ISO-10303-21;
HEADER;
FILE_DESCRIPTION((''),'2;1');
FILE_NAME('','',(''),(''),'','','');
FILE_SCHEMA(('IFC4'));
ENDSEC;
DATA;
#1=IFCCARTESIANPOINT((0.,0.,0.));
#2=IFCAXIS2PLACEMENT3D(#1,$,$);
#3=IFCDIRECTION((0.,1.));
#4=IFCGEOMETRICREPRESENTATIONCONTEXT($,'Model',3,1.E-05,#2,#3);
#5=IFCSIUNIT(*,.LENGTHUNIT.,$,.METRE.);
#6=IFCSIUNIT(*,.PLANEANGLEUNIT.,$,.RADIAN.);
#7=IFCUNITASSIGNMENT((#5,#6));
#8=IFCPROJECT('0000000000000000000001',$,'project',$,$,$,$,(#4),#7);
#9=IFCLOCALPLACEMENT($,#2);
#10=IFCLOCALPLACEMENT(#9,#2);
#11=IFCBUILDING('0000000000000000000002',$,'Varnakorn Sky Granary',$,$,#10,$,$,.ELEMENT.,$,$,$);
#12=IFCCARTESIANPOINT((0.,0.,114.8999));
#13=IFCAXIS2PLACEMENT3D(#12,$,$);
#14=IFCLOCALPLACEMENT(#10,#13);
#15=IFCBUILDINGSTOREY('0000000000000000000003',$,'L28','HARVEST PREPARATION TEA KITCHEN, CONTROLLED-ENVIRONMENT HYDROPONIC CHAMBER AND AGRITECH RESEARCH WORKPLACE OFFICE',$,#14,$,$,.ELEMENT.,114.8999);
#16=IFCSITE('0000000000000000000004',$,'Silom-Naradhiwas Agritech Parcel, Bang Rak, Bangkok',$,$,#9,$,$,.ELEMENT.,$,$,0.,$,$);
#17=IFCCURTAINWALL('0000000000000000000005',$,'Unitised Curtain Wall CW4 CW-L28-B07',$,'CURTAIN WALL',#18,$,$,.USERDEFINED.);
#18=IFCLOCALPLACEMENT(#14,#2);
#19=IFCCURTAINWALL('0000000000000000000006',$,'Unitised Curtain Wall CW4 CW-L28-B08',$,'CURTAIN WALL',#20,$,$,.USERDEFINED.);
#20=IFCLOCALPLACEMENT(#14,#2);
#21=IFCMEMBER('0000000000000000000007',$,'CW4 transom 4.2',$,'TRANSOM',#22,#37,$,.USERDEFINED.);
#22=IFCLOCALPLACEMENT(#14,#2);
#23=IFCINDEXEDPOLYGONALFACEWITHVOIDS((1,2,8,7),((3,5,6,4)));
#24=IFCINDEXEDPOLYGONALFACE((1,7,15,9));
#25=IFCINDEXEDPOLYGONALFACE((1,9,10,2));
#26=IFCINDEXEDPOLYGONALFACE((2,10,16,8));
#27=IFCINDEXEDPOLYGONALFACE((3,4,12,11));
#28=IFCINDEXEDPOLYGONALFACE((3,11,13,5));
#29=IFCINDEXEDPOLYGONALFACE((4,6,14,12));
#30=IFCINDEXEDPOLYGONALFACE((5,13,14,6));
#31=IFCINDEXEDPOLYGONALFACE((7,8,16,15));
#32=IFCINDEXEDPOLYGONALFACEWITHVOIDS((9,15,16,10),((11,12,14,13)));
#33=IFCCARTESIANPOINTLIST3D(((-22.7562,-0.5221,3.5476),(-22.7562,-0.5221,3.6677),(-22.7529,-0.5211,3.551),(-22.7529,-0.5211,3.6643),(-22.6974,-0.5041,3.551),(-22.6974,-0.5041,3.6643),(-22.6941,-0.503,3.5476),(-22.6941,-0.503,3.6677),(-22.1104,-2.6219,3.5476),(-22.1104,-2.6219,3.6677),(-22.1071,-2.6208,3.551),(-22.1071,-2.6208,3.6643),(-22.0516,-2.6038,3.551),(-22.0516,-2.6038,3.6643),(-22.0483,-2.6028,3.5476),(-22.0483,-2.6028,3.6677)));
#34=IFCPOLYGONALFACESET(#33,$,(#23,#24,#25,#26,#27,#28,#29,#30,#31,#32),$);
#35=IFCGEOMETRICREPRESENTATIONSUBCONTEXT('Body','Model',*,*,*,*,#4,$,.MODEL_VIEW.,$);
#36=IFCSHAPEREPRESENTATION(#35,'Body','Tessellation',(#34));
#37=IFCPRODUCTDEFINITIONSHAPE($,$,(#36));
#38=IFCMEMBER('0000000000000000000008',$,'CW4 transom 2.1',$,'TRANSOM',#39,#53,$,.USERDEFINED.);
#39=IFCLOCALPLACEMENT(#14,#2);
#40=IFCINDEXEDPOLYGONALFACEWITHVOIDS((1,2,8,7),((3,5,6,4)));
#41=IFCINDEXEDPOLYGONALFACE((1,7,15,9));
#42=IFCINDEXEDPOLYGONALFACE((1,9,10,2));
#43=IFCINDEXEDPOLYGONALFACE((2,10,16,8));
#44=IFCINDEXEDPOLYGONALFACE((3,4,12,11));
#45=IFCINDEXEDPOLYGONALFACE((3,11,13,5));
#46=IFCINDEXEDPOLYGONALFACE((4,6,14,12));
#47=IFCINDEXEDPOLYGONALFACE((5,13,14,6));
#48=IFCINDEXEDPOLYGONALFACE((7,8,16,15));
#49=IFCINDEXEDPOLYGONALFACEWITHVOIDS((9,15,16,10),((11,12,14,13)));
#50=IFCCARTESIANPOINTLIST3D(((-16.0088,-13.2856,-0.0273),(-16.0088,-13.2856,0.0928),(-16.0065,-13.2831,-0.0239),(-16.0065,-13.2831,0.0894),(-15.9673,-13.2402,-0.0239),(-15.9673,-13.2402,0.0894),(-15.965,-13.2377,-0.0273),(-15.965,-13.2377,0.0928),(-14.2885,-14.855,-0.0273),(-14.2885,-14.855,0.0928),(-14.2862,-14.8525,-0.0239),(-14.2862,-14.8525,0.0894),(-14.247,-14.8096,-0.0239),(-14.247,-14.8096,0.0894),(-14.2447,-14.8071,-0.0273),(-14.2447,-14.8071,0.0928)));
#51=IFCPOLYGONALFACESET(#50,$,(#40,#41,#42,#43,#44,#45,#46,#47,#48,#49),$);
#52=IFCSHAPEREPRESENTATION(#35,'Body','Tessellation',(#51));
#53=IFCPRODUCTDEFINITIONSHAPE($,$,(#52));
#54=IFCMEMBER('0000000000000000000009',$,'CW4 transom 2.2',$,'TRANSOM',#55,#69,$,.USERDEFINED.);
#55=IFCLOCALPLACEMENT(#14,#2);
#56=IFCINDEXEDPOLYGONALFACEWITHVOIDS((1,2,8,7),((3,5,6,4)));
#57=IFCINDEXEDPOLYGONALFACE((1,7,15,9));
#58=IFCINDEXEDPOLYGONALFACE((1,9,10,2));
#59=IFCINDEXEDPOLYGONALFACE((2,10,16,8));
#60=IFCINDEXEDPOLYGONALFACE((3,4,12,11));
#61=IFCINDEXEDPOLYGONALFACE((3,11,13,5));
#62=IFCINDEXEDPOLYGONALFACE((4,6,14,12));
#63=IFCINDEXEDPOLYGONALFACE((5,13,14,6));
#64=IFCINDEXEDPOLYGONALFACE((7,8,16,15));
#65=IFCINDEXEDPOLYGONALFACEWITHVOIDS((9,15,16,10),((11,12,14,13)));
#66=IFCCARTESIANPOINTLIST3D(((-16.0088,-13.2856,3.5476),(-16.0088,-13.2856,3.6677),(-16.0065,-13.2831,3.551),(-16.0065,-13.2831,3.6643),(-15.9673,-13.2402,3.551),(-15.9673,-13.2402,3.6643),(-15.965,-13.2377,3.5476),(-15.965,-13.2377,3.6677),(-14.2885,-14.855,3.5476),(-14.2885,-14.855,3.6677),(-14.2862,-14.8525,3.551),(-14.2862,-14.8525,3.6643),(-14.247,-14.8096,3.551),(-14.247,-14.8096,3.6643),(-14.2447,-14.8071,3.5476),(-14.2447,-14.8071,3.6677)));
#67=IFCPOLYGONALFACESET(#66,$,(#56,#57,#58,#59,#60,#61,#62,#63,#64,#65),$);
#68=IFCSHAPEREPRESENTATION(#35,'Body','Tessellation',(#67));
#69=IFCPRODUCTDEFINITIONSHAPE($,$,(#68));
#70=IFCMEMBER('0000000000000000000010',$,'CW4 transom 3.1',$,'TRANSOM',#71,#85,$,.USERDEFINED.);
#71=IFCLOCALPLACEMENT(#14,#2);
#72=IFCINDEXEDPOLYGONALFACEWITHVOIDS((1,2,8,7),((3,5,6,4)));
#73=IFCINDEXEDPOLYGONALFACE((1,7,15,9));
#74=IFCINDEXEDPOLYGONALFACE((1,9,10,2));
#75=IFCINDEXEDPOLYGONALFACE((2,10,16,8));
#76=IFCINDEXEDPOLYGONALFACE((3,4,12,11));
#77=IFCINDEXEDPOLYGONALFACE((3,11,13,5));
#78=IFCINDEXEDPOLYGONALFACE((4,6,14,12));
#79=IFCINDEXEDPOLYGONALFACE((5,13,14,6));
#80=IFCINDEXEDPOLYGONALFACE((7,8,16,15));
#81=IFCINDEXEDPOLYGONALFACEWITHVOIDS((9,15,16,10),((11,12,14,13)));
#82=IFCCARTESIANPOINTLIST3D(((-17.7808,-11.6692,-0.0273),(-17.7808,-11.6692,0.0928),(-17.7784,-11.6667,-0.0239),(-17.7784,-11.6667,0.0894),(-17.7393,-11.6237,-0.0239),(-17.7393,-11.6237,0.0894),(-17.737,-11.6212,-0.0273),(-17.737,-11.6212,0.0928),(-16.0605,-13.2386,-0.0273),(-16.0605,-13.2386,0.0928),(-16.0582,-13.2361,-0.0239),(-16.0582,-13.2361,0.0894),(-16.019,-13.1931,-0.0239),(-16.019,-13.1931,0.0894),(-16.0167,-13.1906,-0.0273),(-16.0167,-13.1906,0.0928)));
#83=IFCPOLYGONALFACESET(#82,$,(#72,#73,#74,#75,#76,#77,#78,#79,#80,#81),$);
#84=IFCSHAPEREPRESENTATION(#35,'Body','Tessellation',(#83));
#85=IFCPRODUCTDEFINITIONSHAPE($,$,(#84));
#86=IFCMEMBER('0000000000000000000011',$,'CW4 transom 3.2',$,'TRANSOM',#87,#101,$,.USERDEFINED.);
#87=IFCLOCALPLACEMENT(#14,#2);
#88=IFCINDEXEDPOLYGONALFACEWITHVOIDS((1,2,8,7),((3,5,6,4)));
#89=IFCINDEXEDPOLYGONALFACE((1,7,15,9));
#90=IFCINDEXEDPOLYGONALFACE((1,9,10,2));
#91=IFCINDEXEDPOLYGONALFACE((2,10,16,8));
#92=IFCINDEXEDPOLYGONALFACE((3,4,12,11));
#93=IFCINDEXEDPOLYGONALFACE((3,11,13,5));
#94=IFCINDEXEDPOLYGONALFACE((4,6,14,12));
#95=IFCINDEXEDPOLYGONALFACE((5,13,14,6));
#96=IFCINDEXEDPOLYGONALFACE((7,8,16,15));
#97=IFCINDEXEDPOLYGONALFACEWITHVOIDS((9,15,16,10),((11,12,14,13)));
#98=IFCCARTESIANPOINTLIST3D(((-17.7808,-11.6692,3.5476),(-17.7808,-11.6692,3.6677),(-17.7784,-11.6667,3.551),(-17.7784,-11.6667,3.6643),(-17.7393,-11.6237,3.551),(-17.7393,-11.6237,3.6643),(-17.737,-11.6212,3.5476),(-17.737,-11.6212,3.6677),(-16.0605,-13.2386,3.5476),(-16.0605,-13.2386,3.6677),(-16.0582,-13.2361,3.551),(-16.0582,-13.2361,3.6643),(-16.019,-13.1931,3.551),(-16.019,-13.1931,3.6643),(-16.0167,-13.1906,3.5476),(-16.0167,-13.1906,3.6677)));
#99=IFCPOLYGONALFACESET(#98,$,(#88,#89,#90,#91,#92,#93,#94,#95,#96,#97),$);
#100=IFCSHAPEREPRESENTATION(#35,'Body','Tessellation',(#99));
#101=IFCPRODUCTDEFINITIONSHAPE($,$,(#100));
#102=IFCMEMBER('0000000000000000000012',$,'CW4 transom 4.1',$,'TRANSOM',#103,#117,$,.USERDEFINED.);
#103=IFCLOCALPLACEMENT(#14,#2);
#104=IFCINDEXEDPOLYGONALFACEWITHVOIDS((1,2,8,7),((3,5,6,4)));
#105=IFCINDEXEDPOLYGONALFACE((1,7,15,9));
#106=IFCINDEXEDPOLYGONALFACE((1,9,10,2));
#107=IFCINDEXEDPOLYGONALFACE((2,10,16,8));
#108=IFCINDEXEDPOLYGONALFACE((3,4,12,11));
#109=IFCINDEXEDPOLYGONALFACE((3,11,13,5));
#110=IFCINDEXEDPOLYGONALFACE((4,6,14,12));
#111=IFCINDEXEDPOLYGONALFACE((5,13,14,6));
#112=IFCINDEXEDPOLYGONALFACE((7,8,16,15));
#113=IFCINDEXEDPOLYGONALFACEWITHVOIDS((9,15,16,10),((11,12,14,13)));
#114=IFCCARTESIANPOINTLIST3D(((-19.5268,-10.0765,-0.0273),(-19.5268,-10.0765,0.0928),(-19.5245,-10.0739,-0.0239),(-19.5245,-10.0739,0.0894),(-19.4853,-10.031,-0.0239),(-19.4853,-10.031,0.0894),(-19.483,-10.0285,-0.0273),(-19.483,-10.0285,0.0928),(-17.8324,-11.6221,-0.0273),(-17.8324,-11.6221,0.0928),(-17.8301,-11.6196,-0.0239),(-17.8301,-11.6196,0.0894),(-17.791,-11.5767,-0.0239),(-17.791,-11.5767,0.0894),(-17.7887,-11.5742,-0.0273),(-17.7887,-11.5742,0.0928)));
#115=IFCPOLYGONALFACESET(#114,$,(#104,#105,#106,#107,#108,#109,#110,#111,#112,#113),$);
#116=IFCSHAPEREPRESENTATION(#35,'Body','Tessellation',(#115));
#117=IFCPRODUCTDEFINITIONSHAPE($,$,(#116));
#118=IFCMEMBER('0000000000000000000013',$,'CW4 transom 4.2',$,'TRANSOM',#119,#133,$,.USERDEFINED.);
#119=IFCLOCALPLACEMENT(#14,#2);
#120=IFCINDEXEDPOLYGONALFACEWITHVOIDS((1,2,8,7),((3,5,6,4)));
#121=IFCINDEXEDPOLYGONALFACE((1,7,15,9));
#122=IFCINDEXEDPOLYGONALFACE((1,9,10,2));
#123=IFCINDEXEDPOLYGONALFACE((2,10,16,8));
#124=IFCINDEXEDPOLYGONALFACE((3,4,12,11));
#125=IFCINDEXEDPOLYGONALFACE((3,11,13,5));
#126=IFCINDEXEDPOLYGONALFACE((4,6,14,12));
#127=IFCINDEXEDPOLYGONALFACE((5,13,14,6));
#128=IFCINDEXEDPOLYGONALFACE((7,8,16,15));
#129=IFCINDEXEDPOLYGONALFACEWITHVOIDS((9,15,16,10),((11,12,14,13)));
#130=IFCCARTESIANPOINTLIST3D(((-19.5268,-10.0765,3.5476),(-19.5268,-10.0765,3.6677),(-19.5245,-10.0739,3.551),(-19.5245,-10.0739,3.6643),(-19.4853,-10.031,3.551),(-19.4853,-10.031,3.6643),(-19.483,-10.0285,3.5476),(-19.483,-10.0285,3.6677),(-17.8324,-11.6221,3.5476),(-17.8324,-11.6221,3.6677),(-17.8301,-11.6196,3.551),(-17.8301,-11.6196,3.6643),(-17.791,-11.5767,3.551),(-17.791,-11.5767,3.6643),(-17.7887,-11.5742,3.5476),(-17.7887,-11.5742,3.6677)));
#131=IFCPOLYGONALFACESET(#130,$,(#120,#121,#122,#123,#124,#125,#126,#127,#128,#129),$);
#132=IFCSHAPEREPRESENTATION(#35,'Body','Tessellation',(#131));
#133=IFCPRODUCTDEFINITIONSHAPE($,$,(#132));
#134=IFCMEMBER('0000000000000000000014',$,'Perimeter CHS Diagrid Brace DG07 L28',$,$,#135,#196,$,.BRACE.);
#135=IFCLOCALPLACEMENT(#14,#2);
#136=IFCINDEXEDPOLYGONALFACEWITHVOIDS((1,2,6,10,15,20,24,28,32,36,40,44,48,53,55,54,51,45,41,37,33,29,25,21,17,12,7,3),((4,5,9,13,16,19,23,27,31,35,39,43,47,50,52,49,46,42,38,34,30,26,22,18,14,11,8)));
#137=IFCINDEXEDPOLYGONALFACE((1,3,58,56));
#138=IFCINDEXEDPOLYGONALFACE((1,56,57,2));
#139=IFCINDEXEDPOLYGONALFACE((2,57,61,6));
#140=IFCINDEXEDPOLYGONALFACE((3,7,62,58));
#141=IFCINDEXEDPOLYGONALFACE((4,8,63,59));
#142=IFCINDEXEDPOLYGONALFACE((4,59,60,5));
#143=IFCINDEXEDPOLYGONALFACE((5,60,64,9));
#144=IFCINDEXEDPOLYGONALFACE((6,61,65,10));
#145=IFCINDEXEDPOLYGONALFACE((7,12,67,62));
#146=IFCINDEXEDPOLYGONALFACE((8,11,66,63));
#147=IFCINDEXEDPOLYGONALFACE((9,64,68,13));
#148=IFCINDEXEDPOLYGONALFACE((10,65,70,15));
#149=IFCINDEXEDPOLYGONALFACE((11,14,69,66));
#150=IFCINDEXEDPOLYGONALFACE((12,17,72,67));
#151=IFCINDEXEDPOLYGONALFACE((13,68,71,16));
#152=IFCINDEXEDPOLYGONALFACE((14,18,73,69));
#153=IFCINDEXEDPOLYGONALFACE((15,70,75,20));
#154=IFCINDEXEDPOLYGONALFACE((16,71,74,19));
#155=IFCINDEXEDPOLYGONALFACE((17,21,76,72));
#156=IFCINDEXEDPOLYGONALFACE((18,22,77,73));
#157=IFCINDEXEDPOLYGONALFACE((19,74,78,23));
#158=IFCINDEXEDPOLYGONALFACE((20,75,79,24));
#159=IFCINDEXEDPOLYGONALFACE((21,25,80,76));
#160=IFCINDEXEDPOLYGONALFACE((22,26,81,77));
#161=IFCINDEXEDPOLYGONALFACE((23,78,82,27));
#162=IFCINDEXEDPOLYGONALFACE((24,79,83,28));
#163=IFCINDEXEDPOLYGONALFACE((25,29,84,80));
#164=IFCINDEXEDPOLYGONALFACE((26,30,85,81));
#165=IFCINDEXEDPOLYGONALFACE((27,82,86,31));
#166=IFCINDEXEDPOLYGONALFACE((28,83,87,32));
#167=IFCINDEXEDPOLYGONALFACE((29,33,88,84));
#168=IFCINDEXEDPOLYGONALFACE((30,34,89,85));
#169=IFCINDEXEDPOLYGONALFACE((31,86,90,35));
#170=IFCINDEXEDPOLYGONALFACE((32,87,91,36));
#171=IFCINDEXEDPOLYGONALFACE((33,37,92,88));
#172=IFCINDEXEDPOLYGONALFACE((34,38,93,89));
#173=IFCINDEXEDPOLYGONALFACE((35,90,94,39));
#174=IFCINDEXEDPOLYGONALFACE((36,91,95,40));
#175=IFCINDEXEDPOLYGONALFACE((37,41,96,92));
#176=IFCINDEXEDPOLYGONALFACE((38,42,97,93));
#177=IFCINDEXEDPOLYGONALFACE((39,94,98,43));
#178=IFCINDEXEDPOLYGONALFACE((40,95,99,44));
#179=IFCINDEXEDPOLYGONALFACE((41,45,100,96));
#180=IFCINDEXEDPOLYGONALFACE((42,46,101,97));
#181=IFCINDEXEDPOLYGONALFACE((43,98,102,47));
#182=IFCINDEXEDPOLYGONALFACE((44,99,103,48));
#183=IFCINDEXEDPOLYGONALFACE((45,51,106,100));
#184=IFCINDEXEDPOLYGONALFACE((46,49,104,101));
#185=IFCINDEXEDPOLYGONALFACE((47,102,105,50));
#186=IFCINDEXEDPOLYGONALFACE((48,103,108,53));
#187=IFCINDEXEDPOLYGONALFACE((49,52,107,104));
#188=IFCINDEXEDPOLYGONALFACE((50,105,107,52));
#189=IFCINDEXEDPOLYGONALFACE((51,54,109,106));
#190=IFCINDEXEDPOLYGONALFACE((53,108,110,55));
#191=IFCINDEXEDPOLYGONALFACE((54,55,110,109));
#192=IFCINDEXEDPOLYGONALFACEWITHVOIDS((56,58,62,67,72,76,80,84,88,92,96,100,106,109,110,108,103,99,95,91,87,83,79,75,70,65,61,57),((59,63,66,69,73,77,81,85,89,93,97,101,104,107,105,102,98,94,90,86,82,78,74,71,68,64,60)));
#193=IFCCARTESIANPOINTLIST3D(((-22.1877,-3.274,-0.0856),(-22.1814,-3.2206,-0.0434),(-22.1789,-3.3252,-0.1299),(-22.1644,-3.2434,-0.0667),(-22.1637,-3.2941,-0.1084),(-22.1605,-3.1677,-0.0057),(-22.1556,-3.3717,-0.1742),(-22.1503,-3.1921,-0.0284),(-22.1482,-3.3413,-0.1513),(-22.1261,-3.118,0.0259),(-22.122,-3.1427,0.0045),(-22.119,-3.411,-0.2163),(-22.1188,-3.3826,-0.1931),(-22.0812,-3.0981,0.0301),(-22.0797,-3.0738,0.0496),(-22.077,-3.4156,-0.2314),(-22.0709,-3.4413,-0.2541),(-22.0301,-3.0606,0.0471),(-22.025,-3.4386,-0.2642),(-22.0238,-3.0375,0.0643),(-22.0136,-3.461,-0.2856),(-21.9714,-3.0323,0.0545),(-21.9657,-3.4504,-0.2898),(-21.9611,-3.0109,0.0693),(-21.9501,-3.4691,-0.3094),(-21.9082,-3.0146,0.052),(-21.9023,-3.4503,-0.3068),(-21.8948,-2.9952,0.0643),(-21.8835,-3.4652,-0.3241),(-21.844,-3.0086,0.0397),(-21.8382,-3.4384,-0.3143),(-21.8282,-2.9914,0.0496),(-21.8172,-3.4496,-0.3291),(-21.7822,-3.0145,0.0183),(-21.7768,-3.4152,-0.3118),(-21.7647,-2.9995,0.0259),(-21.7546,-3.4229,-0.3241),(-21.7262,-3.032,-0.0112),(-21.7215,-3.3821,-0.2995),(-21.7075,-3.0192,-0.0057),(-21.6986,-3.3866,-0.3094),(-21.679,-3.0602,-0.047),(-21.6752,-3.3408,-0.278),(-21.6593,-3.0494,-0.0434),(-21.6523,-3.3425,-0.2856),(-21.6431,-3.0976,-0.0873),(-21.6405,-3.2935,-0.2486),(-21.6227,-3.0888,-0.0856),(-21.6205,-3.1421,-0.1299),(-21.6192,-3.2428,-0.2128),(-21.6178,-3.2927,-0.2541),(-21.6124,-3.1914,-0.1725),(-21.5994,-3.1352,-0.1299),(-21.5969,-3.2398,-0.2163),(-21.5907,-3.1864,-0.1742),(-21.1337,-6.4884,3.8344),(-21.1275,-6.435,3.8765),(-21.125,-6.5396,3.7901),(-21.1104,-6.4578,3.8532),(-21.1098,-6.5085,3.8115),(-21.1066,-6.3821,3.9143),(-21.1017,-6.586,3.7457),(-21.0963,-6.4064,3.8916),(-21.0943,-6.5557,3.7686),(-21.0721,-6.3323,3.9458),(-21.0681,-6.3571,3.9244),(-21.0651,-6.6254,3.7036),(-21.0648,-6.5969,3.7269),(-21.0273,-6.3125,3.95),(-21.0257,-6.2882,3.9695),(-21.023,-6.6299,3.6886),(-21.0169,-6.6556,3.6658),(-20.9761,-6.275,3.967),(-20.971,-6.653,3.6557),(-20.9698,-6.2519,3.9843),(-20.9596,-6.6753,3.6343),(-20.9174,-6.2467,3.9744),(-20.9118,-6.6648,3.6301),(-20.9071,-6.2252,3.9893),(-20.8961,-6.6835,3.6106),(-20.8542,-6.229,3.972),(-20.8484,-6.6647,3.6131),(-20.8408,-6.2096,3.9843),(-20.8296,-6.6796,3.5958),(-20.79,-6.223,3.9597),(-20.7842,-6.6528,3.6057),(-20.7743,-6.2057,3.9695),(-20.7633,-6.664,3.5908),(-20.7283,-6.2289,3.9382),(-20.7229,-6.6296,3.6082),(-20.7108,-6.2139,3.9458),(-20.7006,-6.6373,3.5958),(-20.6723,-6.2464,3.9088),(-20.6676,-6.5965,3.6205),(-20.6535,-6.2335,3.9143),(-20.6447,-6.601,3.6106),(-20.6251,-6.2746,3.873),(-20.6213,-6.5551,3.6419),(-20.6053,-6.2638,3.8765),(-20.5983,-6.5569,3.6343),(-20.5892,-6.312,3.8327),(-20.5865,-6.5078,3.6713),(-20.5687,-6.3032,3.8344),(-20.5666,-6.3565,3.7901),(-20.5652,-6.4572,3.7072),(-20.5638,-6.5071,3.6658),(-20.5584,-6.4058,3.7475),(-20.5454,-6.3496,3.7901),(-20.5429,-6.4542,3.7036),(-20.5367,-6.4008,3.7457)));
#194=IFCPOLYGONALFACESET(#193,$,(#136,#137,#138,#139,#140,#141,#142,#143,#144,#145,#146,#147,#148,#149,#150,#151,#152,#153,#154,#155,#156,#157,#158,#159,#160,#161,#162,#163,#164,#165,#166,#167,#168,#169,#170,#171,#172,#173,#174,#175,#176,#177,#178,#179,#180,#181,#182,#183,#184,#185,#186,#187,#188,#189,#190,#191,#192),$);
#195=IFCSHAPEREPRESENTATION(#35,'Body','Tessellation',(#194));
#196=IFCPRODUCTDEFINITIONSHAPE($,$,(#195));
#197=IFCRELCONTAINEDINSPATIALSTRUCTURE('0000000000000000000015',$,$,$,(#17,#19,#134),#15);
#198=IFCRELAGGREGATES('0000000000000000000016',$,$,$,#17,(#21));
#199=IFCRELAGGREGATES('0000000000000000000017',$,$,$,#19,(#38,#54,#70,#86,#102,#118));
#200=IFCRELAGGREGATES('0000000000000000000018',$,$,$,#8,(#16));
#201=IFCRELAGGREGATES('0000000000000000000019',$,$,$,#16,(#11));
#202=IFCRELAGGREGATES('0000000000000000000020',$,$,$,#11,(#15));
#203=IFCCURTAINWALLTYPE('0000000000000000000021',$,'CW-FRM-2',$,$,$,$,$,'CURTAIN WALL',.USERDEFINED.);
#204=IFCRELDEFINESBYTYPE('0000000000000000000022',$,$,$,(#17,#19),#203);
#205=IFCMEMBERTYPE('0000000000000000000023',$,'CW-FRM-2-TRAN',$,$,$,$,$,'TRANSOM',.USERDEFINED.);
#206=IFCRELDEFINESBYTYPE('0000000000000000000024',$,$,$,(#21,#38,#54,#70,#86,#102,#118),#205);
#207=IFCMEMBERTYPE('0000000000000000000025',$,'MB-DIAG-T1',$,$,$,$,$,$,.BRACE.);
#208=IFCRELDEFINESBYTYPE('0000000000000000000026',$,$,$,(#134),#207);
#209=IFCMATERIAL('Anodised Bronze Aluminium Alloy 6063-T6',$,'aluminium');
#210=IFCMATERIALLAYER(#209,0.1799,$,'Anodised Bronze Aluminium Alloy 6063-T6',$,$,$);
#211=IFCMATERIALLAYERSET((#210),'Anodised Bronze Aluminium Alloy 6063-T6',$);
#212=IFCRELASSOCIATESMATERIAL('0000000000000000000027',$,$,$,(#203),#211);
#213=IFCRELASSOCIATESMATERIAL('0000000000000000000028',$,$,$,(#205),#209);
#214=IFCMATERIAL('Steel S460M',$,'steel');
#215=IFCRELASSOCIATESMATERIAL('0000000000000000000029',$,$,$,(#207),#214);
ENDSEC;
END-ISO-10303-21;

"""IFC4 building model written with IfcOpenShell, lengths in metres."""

from ifc_helpers import new_model, si_unit, direction, frame, origin, origin_2d, place, context, subcontext, project, spatial, hollow_rectangle, hollow_circle, extrude, material, layer, layer_set, material_profile, profile_set, type_object, element, aggregate, save


model = new_model("IFC4")

# Units and contexts
model_context = context("Model", 3, precision=1e-05, world=origin(), true_north=direction((0.0, 1.0)))
body_context = subcontext(model_context, "Body", "Model", "MODEL_VIEW")
ifc_project = project(units=[si_unit("LENGTHUNIT", "METRE"), si_unit("PLANEANGLEUNIT", "RADIAN")], contexts=[model_context])

# Site, building, storey
site_placement = place(None, origin())
site = spatial("IfcSite", under=ifc_project, at=site_placement, Name="Silom-Naradhiwas Agritech Parcel, Bang Rak, Bangkok", CompositionType="ELEMENT", RefElevation=0.0)
building_placement = place(site_placement, origin())
building = spatial("IfcBuilding", under=site, at=building_placement, Name="Varnakorn Sky Granary", CompositionType="ELEMENT")
storey_placement = place(building_placement, frame((0.0, 0.0, 114.8999)))
storey = spatial("IfcBuildingStorey", under=building, at=storey_placement, Name="L28", Description="HARVEST PREPARATION TEA KITCHEN, CONTROLLED-ENVIRONMENT HYDROPONIC CHAMBER AND AGRITECH RESEARCH WORKPLACE OFFICE", CompositionType="ELEMENT", Elevation=114.8999)

# Shared definitions
ifc_material_1 = material(Name="Steel S460M", Category="steel")

# Curtain walls
ifc_material_2 = material(Name="Anodised Bronze Aluminium Alloy 6063-T6", Category="aluminium")
ifc_layer_1 = layer(ifc_material_2, 0.1799, Name="Anodised Bronze Aluminium Alloy 6063-T6")
ifc_layer_set_1 = layer_set([ifc_layer_1], Name="Anodised Bronze Aluminium Alloy 6063-T6")
curtain_wall_type = type_object("IfcCurtainWallType", Name="CW-FRM-2", ElementType="CURTAIN WALL", PredefinedType="USERDEFINED", material=ifc_layer_set_1)
curtain_wall_1_placement = place(storey_placement, origin())
curtain_wall_1 = element("IfcCurtainWall", 1, at=curtain_wall_1_placement, inside=storey, type_object=curtain_wall_type, Name="Unitised Curtain Wall CW4 CW-L28-B07", ObjectType="CURTAIN WALL", PredefinedType="USERDEFINED")
curtain_wall_2_placement = place(storey_placement, origin())
curtain_wall_2 = element("IfcCurtainWall", 2, at=curtain_wall_2_placement, inside=storey, type_object=curtain_wall_type, Name="Unitised Curtain Wall CW4 CW-L28-B08", ObjectType="CURTAIN WALL", PredefinedType="USERDEFINED")

# Members
ifc_material_profile_1 = material_profile(ifc_material_2, hollow_rectangle(XDim=0.0649, YDim=0.1201, WallThickness=0.0034, at=origin_2d()), Name="ALU TRAN 65x120")
ifc_profile_set_1 = profile_set([ifc_material_profile_1], Name="Anodised Bronze Aluminium Alloy 6063-T6")
member_type_1 = type_object("IfcMemberType", Name="CW-FRM-2-TRAN", ElementType="TRANSOM", PredefinedType="USERDEFINED", material=ifc_profile_set_1)
member_1_placement = place(storey_placement, frame((-22.0793, -2.6123, 3.6077), z_axis=(-0.293969, 0.955815, 0.0), x_axis=(-0.955815, -0.293969, 0.0)))
member_1 = element("IfcMember", 3, at=member_1_placement, type_object=member_type_1, Name="CW4 transom 4.2", ObjectType="TRANSOM", PredefinedType="USERDEFINED", context=body_context, shape_type="SweptSolid", body=[
    extrude(hollow_rectangle(XDim=0.0649, YDim=0.1201, WallThickness=0.0034, at=origin_2d()), origin(), (0.0, 0.0, 1.0), 2.1968),
])
member_2_placement = place(storey_placement, frame((-14.2666, -14.8311, 0.0327), z_axis=(-0.738762, 0.673966, 0.0), x_axis=(-0.673966, -0.738762, 0.0)))
member_2 = element("IfcMember", 4, at=member_2_placement, type_object=member_type_1, Name="CW4 transom 2.1", ObjectType="TRANSOM", PredefinedType="USERDEFINED", context=body_context, shape_type="SweptSolid", body=[
    extrude(hollow_rectangle(XDim=0.0649, YDim=0.1201, WallThickness=0.0034, at=origin_2d()), origin(), (0.0, 0.0, 1.0), 2.3286),
])
member_3_placement = place(storey_placement, frame((-14.2666, -14.8311, 3.6077), z_axis=(-0.738762, 0.673966, 0.0), x_axis=(-0.673966, -0.738762, 0.0)))
member_3 = element("IfcMember", 5, at=member_3_placement, type_object=member_type_1, Name="CW4 transom 2.2", ObjectType="TRANSOM", PredefinedType="USERDEFINED", context=body_context, shape_type="SweptSolid", body=[
    extrude(hollow_rectangle(XDim=0.0649, YDim=0.1201, WallThickness=0.0034, at=origin_2d()), origin(), (0.0, 0.0, 1.0), 2.3286),
])
member_4_placement = place(storey_placement, frame((-16.0386, -13.2146, 0.0327), z_axis=(-0.738762, 0.673966, 0.0), x_axis=(-0.673966, -0.738762, 0.0)))
member_4 = element("IfcMember", 6, at=member_4_placement, type_object=member_type_1, Name="CW4 transom 3.1", ObjectType="TRANSOM", PredefinedType="USERDEFINED", context=body_context, shape_type="SweptSolid", body=[
    extrude(hollow_rectangle(XDim=0.0649, YDim=0.1201, WallThickness=0.0034, at=origin_2d()), origin(), (0.0, 0.0, 1.0), 2.3286),
])
member_5_placement = place(storey_placement, frame((-16.0386, -13.2146, 3.6077), z_axis=(-0.738762, 0.673966, 0.0), x_axis=(-0.673966, -0.738762, 0.0)))
member_5 = element("IfcMember", 7, at=member_5_placement, type_object=member_type_1, Name="CW4 transom 3.2", ObjectType="TRANSOM", PredefinedType="USERDEFINED", context=body_context, shape_type="SweptSolid", body=[
    extrude(hollow_rectangle(XDim=0.0649, YDim=0.1201, WallThickness=0.0034, at=origin_2d()), origin(), (0.0, 0.0, 1.0), 2.3286),
])
member_6_placement = place(storey_placement, frame((-17.8105, -11.5981, 0.0327), z_axis=(-0.738778, 0.673949, 0.0), x_axis=(-0.673949, -0.738778, 0.0)))
member_6 = element("IfcMember", 8, at=member_6_placement, type_object=member_type_1, Name="CW4 transom 4.1", ObjectType="TRANSOM", PredefinedType="USERDEFINED", context=body_context, shape_type="SweptSolid", body=[
    extrude(hollow_rectangle(XDim=0.0649, YDim=0.1201, WallThickness=0.0034, at=origin_2d()), origin(), (0.0, 0.0, 1.0), 2.2935),
])
member_7_placement = place(storey_placement, frame((-17.8105, -11.5981, 3.6077), z_axis=(-0.738778, 0.673949, 0.0), x_axis=(-0.673949, -0.738778, 0.0)))
member_7 = element("IfcMember", 9, at=member_7_placement, type_object=member_type_1, Name="CW4 transom 4.2", ObjectType="TRANSOM", PredefinedType="USERDEFINED", context=body_context, shape_type="SweptSolid", body=[
    extrude(hollow_rectangle(XDim=0.0649, YDim=0.1201, WallThickness=0.0034, at=origin_2d()), origin(), (0.0, 0.0, 1.0), 2.2935),
])

# Member
ifc_material_profile_2 = material_profile(ifc_material_1, hollow_circle(Radius=0.3049, WallThickness=0.0222, at=origin_2d()), Name="CHS 610x22")
ifc_profile_set_2 = profile_set([ifc_material_profile_2], Name="Steel S460M")
member_type_2 = type_object("IfcMemberType", Name="MB-DIAG-T1", PredefinedType="BRACE", material=ifc_profile_set_2)
member_8_placement = place(storey_placement, frame((-21.8892, -3.2302, -0.1299), z_axis=(0.203556, -0.620806, 0.757076), x_axis=(0.950224, 0.311569, 0.0)))
element("IfcMember", 10, at=member_8_placement, inside=storey, type_object=member_type_2, Name="Perimeter CHS Diagrid Brace DG07 L28", PredefinedType="BRACE", context=body_context, shape_type="SweptSolid", body=[
    extrude(hollow_circle(Radius=0.3049, WallThickness=0.0222, at=origin_2d()), origin(), (0.0, 0.0, 1.0), 5.1777),
])

aggregate(curtain_wall_1, [member_1])
aggregate(curtain_wall_2, [member_2, member_3, member_4, member_5, member_6, member_7])

save(model, "model.ifc")
